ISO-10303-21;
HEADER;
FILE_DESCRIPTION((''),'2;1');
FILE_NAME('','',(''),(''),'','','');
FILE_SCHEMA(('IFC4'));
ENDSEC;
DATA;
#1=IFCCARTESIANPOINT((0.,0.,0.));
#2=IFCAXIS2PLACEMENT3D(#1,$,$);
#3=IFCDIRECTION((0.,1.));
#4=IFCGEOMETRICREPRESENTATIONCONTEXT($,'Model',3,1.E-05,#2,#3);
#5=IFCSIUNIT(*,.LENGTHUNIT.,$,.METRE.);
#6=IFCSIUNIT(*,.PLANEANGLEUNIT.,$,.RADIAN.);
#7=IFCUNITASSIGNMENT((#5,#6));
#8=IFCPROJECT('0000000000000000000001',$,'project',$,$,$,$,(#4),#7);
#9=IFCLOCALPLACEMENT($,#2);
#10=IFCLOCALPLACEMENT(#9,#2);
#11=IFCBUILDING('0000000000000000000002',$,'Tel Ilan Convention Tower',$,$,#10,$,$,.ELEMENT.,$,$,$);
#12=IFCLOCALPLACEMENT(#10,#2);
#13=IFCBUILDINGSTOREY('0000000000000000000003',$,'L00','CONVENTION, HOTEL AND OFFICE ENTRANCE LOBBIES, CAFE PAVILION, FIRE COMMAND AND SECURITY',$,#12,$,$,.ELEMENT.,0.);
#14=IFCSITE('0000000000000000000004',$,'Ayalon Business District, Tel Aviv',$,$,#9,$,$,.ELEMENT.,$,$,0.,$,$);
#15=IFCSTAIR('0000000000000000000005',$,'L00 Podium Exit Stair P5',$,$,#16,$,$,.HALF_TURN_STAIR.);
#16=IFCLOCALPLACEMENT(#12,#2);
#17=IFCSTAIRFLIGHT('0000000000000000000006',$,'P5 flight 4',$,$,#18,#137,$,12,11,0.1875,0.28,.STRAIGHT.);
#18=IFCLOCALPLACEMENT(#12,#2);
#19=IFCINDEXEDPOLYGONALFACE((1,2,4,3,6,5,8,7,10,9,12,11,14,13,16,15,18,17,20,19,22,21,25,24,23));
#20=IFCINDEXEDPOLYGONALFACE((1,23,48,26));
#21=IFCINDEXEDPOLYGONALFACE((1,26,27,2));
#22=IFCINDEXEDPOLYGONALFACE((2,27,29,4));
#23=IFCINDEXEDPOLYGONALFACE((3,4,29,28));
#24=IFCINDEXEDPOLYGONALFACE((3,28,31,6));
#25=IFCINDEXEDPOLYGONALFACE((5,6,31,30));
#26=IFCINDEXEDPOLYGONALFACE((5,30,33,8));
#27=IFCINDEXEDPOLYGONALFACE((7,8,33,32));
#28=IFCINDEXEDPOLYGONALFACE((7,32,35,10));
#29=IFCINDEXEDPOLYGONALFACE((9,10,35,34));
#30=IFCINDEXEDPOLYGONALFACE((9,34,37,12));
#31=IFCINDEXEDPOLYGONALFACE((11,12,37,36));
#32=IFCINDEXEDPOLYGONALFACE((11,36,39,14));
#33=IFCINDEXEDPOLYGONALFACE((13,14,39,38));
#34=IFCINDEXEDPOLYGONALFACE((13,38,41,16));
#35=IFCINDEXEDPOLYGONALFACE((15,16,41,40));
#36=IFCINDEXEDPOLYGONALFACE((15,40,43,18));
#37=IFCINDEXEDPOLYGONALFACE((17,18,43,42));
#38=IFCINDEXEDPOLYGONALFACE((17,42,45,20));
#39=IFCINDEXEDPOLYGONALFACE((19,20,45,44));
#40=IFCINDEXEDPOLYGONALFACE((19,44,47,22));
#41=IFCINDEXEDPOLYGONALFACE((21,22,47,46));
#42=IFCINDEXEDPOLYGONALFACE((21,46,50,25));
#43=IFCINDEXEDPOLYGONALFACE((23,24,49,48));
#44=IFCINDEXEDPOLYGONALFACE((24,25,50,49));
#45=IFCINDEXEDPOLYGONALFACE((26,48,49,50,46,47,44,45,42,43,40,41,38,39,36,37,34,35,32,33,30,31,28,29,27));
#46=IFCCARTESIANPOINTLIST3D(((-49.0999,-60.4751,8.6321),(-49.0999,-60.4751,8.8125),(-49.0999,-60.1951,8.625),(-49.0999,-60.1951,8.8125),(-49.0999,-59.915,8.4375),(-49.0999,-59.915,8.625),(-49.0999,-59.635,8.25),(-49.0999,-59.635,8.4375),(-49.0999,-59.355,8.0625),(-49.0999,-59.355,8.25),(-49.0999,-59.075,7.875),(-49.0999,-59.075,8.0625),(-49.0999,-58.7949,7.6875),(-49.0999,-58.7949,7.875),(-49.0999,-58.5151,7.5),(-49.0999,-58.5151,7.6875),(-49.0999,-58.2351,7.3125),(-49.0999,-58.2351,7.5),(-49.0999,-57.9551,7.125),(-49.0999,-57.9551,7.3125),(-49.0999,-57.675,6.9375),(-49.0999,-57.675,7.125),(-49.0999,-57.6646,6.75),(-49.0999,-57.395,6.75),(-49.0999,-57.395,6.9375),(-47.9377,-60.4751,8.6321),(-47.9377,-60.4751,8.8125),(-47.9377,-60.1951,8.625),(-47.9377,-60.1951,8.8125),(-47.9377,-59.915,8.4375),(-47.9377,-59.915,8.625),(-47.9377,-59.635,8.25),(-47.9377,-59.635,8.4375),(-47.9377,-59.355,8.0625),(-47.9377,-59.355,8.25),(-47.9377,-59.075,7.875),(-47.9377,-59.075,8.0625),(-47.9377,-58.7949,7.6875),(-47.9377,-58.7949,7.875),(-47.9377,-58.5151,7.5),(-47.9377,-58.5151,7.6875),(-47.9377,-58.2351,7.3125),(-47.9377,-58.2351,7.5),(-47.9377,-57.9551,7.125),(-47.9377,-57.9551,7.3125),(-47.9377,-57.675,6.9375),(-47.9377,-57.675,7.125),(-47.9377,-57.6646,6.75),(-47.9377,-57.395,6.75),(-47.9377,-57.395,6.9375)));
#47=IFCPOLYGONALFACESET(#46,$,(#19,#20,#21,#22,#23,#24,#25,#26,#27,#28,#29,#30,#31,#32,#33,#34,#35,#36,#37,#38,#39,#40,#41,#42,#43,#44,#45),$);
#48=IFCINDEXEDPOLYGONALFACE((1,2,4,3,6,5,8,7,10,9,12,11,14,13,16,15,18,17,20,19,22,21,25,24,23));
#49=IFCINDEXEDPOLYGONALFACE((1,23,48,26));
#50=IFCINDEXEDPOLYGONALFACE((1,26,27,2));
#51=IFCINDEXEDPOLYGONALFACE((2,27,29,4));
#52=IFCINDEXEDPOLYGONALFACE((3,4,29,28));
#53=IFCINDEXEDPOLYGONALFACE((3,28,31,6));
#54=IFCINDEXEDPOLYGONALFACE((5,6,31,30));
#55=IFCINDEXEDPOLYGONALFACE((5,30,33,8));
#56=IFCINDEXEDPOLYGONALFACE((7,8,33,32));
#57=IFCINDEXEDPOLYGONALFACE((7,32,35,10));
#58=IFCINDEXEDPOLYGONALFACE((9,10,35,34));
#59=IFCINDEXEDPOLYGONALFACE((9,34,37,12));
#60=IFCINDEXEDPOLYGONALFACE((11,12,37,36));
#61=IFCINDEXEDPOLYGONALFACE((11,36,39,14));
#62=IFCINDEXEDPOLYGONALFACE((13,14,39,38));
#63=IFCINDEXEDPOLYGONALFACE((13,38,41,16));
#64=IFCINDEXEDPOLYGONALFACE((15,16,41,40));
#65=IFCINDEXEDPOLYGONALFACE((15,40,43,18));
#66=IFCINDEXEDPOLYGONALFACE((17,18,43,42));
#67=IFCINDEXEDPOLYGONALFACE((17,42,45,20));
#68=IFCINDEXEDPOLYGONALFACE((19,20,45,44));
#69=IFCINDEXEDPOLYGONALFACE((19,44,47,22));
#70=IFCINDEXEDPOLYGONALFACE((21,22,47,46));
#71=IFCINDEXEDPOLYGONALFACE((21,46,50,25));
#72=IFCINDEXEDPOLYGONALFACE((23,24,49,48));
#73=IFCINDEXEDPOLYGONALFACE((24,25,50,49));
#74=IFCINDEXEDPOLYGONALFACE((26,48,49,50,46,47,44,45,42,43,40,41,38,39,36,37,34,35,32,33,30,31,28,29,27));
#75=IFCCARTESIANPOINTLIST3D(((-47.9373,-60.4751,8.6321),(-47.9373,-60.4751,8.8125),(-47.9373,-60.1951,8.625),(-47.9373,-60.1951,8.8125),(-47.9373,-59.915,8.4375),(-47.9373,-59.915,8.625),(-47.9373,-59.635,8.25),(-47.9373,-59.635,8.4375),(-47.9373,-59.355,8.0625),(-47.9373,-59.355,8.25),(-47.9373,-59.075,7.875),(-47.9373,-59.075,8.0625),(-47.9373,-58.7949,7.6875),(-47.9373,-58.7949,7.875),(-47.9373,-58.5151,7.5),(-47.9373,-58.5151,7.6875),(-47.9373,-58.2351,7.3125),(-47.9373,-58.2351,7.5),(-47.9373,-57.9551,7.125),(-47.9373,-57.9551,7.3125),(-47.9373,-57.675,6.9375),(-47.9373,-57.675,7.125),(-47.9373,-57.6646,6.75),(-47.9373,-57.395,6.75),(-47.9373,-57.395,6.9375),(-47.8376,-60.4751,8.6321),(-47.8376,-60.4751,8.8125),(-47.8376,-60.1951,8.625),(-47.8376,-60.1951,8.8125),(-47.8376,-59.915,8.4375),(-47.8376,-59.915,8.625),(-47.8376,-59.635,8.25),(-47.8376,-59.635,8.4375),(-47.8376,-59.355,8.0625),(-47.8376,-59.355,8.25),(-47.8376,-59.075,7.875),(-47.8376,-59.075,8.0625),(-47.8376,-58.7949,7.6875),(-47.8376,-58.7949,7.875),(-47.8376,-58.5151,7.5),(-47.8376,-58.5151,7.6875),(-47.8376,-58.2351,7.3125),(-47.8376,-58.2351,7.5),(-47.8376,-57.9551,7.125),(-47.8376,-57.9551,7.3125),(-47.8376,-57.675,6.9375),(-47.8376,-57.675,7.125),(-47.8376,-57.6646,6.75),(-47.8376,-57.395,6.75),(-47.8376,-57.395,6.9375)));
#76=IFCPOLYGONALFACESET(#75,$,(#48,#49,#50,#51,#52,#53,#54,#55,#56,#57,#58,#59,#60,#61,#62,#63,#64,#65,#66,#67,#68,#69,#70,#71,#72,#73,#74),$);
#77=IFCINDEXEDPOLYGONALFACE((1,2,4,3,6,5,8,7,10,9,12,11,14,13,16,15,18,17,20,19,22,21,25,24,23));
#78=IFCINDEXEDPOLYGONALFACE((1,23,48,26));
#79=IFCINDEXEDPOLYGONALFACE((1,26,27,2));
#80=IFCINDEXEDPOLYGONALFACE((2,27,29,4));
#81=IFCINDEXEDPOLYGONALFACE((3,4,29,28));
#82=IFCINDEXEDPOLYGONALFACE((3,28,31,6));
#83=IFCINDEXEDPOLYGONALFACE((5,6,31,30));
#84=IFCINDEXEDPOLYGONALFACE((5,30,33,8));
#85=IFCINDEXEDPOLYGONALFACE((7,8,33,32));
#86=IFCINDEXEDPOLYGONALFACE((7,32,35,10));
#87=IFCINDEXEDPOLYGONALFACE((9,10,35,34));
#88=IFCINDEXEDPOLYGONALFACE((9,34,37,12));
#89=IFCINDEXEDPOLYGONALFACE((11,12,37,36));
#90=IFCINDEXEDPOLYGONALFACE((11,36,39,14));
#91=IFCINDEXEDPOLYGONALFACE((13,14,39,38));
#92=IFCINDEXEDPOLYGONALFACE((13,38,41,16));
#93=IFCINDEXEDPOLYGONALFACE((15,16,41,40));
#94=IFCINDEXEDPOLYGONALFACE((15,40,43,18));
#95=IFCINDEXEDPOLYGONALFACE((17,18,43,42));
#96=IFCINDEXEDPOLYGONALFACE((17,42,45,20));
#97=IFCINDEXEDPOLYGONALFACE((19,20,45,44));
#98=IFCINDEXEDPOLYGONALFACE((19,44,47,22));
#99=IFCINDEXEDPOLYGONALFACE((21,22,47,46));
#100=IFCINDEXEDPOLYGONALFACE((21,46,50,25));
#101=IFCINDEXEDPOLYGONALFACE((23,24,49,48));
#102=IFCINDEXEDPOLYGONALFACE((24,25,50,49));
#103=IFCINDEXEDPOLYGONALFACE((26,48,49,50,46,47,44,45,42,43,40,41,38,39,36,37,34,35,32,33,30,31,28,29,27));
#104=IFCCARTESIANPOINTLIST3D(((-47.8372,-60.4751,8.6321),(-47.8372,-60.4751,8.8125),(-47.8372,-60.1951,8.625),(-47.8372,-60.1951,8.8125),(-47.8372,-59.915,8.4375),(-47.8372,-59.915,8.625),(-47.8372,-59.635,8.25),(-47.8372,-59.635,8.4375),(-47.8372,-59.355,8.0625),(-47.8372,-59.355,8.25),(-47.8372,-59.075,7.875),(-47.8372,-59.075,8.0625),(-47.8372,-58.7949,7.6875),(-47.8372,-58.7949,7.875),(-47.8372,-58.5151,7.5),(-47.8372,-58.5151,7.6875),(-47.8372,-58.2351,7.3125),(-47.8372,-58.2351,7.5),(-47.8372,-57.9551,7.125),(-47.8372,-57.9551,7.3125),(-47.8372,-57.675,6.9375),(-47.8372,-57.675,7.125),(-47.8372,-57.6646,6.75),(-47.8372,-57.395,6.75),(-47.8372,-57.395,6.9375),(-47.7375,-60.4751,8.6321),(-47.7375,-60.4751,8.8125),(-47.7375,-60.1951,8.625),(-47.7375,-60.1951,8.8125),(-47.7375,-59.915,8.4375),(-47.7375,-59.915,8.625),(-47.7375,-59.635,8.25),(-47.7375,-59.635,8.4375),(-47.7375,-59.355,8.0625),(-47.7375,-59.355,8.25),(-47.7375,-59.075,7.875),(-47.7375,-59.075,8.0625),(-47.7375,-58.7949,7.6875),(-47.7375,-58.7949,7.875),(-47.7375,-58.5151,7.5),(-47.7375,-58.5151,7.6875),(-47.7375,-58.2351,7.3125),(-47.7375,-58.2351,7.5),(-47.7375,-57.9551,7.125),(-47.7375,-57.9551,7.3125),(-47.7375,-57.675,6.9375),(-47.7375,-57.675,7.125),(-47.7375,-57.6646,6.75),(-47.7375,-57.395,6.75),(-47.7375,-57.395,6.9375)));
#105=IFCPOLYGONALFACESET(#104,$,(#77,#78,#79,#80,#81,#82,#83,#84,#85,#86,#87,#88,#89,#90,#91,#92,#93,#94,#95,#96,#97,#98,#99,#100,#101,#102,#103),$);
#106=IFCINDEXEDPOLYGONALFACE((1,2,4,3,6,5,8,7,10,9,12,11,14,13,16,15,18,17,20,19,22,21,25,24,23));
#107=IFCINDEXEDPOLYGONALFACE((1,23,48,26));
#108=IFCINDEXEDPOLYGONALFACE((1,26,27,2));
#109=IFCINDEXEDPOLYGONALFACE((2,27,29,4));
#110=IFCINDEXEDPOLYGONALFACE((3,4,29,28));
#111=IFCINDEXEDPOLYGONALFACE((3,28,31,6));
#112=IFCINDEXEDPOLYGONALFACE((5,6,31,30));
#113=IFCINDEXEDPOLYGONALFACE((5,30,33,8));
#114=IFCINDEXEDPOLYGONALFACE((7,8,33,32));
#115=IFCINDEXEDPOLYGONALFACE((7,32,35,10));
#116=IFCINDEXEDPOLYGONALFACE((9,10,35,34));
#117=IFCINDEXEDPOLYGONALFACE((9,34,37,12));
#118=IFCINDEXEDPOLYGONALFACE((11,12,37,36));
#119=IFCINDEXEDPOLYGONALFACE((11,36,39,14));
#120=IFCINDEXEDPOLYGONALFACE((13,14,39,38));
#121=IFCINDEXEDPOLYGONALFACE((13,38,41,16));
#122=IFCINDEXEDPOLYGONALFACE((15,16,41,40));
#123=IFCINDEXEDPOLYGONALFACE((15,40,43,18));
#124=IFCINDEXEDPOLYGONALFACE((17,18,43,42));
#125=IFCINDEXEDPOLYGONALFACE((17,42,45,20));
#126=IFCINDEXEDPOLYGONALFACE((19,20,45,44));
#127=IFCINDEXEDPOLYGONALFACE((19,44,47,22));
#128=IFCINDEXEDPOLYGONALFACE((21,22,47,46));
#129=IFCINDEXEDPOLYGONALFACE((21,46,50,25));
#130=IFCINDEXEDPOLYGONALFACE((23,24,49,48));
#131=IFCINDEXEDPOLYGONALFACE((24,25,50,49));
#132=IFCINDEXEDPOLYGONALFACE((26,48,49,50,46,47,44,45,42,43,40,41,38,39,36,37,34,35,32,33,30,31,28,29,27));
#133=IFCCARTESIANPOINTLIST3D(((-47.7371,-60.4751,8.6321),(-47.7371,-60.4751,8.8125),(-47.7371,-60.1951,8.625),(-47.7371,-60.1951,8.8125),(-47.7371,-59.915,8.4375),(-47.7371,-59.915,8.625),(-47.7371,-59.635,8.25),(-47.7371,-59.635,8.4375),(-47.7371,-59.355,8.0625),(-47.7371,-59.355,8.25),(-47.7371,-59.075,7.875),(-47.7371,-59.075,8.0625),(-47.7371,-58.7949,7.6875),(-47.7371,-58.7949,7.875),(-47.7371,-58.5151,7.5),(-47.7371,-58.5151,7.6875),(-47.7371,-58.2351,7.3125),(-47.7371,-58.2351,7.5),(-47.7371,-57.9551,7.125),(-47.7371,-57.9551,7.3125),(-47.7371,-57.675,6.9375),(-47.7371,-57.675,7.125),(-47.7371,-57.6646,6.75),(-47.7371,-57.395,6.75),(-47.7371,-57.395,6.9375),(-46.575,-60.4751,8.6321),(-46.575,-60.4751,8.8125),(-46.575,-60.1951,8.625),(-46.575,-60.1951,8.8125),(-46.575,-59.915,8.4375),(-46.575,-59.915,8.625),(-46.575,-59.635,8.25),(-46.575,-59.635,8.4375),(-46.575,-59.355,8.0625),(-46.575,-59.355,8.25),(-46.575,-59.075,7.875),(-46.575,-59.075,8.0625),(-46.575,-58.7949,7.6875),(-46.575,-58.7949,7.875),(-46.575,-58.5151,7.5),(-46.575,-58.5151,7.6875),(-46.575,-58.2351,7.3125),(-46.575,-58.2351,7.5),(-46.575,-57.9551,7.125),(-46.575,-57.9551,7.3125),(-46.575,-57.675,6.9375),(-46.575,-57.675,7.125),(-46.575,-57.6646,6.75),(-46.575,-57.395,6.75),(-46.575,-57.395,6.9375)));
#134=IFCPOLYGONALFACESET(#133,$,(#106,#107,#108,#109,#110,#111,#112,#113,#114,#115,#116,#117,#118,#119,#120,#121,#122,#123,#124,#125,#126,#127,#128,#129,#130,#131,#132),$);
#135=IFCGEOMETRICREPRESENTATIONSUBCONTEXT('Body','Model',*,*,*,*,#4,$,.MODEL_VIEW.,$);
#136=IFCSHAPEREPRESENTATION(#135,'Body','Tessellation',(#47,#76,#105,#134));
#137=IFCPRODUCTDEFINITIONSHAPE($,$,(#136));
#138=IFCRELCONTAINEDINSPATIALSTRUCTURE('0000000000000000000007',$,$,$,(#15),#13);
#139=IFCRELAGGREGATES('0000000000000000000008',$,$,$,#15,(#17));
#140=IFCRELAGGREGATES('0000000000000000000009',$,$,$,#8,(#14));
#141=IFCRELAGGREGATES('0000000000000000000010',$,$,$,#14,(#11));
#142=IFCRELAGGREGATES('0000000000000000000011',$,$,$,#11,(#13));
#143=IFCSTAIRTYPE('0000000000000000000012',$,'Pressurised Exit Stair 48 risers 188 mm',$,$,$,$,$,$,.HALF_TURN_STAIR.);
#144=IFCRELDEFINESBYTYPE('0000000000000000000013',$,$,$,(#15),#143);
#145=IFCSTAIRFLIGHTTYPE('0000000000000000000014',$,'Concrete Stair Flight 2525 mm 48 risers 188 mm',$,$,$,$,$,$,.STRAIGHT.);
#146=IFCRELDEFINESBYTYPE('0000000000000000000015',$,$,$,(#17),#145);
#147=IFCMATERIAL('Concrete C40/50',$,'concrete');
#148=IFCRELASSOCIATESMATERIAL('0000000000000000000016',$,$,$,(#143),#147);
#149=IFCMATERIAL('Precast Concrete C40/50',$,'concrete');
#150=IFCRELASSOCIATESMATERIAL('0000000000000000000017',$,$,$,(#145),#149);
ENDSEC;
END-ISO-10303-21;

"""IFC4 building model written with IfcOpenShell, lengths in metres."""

from ifc_helpers import new_model, si_unit, direction, frame, origin, place, context, subcontext, project, spatial, polyline, outline, extrude, material, type_object, element, aggregate, save


model = new_model("IFC4")

# Units and contexts
model_context = context("Model", 3, precision=1e-05, world=origin(), true_north=direction((0.0, 1.0)))
body_context = subcontext(model_context, "Body", "Model", "MODEL_VIEW")
ifc_project = project(units=[si_unit("LENGTHUNIT", "METRE"), si_unit("PLANEANGLEUNIT", "RADIAN")], contexts=[model_context])

# Site, building, storey
site_placement = place(None, origin())
site = spatial("IfcSite", under=ifc_project, at=site_placement, Name="Ayalon Business District, Tel Aviv", CompositionType="ELEMENT", RefElevation=0.0)
building_placement = place(site_placement, origin())
building = spatial("IfcBuilding", under=site, at=building_placement, Name="Tel Ilan Convention Tower", CompositionType="ELEMENT")
storey_placement = place(building_placement, origin())
storey = spatial("IfcBuildingStorey", under=building, at=storey_placement, Name="L00", Description="CONVENTION, HOTEL AND OFFICE ENTRANCE LOBBIES, CAFE PAVILION, FIRE COMMAND AND SECURITY", CompositionType="ELEMENT", Elevation=0.0)

# Stair, stair flight
ifc_material_1 = material(Name="Concrete C40/50", Category="concrete")
stair_type = type_object("IfcStairType", Name="Pressurised Exit Stair 48 risers 188 mm", PredefinedType="HALF_TURN_STAIR", material=ifc_material_1)
stair_1_placement = place(storey_placement, origin())
stair_1 = element("IfcStair", 1, at=stair_1_placement, inside=storey, type_object=stair_type, Name="L00 Podium Exit Stair P5", PredefinedType="HALF_TURN_STAIR")
ifc_material_2 = material(Name="Precast Concrete C40/50", Category="concrete")
stair_flight_type = type_object("IfcStairFlightType", Name="Concrete Stair Flight 2525 mm 48 risers 188 mm", PredefinedType="STRAIGHT", material=ifc_material_2)
stair_flight_1_placement = place(storey_placement, frame((-47.8374, -57.395, 6.75), z_axis=(0.0, 0.0, 1.0), x_axis=(0.0, -1.0, 0.0)))
stair_flight_1 = element("IfcStairFlight", 2, at=stair_flight_1_placement, type_object=stair_flight_type, Name="P5 flight 4", NumberOfRisers=12, NumberOfTreads=11, PredefinedType="STRAIGHT", RiserHeight=0.1875, TreadLength=0.28, context=body_context, shape_type="SweptSolid", body=[
    extrude(outline(polyline([(0.0, 0.0), (0.0, 0.1875), (0.28, 0.1875), (0.28, 0.375), (0.5601, 0.375), (0.5601, 0.5625), (0.8401, 0.5625), (0.8401, 0.75), (1.1201, 0.75), (1.1201, 0.9375), (1.3999, 0.9375), (1.3999, 1.125), (1.6799, 1.125), (1.6799, 1.3125), (1.96, 1.3125), (1.96, 1.5), (2.24, 1.5), (2.24, 1.6875), (2.52, 1.6875), (2.52, 1.875), (2.8, 1.875), (2.8, 2.0625), (3.0801, 2.0625), (3.0801, 2.25), (3.0801, 1.8821), (0.2695, 0.0), (0.0, 0.0)])), frame((0.0, -0.1003, 0.0), z_axis=(0.0, -1.0, 0.0), x_axis=(1.0, 0.0, 0.0)), (0.0, 0.0, 1.0), 1.1621),
    extrude(outline(polyline([(0.0, 0.0), (0.0, 0.1875), (0.28, 0.1875), (0.28, 0.375), (0.5601, 0.375), (0.5601, 0.5625), (0.8401, 0.5625), (0.8401, 0.75), (1.1201, 0.75), (1.1201, 0.9375), (1.3999, 0.9375), (1.3999, 1.125), (1.6799, 1.125), (1.6799, 1.3125), (1.96, 1.3125), (1.96, 1.5), (2.24, 1.5), (2.24, 1.6875), (2.52, 1.6875), (2.52, 1.875), (2.8, 1.875), (2.8, 2.0625), (3.0801, 2.0625), (3.0801, 2.25), (3.0801, 1.8821), (0.2695, 0.0), (0.0, 0.0)])), frame((0.0, -0.0002, 0.0), z_axis=(0.0, -1.0, 0.0), x_axis=(1.0, 0.0, 0.0)), (0.0, 0.0, 1.0), 0.0996),
    extrude(outline(polyline([(0.0, 0.0), (0.0, 0.1875), (0.28, 0.1875), (0.28, 0.375), (0.5601, 0.375), (0.5601, 0.5625), (0.8401, 0.5625), (0.8401, 0.75), (1.1201, 0.75), (1.1201, 0.9375), (1.3999, 0.9375), (1.3999, 1.125), (1.6799, 1.125), (1.6799, 1.3125), (1.96, 1.3125), (1.96, 1.5), (2.24, 1.5), (2.24, 1.6875), (2.52, 1.6875), (2.52, 1.875), (2.8, 1.875), (2.8, 2.0625), (3.0801, 2.0625), (3.0801, 2.25), (3.0801, 1.8821), (0.2695, 0.0), (0.0, 0.0)])), frame((0.0, 0.0999, 0.0), z_axis=(0.0, -1.0, 0.0), x_axis=(1.0, 0.0, 0.0)), (0.0, 0.0, 1.0), 0.0996),
    extrude(outline(polyline([(0.0, 0.0), (0.0, 0.1875), (0.28, 0.1875), (0.28, 0.375), (0.5601, 0.375), (0.5601, 0.5625), (0.8401, 0.5625), (0.8401, 0.75), (1.1201, 0.75), (1.1201, 0.9375), (1.3999, 0.9375), (1.3999, 1.125), (1.6799, 1.125), (1.6799, 1.3125), (1.96, 1.3125), (1.96, 1.5), (2.24, 1.5), (2.24, 1.6875), (2.52, 1.6875), (2.52, 1.875), (2.8, 1.875), (2.8, 2.0625), (3.0801, 2.0625), (3.0801, 2.25), (3.0801, 1.8821), (0.2695, 0.0), (0.0, 0.0)])), frame((0.0, 1.2625, 0.0), z_axis=(0.0, -1.0, 0.0), x_axis=(1.0, 0.0, 0.0)), (0.0, 0.0, 1.0), 1.1621),
])
aggregate(stair_1, [stair_flight_1])

save(model, "model.ifc")
